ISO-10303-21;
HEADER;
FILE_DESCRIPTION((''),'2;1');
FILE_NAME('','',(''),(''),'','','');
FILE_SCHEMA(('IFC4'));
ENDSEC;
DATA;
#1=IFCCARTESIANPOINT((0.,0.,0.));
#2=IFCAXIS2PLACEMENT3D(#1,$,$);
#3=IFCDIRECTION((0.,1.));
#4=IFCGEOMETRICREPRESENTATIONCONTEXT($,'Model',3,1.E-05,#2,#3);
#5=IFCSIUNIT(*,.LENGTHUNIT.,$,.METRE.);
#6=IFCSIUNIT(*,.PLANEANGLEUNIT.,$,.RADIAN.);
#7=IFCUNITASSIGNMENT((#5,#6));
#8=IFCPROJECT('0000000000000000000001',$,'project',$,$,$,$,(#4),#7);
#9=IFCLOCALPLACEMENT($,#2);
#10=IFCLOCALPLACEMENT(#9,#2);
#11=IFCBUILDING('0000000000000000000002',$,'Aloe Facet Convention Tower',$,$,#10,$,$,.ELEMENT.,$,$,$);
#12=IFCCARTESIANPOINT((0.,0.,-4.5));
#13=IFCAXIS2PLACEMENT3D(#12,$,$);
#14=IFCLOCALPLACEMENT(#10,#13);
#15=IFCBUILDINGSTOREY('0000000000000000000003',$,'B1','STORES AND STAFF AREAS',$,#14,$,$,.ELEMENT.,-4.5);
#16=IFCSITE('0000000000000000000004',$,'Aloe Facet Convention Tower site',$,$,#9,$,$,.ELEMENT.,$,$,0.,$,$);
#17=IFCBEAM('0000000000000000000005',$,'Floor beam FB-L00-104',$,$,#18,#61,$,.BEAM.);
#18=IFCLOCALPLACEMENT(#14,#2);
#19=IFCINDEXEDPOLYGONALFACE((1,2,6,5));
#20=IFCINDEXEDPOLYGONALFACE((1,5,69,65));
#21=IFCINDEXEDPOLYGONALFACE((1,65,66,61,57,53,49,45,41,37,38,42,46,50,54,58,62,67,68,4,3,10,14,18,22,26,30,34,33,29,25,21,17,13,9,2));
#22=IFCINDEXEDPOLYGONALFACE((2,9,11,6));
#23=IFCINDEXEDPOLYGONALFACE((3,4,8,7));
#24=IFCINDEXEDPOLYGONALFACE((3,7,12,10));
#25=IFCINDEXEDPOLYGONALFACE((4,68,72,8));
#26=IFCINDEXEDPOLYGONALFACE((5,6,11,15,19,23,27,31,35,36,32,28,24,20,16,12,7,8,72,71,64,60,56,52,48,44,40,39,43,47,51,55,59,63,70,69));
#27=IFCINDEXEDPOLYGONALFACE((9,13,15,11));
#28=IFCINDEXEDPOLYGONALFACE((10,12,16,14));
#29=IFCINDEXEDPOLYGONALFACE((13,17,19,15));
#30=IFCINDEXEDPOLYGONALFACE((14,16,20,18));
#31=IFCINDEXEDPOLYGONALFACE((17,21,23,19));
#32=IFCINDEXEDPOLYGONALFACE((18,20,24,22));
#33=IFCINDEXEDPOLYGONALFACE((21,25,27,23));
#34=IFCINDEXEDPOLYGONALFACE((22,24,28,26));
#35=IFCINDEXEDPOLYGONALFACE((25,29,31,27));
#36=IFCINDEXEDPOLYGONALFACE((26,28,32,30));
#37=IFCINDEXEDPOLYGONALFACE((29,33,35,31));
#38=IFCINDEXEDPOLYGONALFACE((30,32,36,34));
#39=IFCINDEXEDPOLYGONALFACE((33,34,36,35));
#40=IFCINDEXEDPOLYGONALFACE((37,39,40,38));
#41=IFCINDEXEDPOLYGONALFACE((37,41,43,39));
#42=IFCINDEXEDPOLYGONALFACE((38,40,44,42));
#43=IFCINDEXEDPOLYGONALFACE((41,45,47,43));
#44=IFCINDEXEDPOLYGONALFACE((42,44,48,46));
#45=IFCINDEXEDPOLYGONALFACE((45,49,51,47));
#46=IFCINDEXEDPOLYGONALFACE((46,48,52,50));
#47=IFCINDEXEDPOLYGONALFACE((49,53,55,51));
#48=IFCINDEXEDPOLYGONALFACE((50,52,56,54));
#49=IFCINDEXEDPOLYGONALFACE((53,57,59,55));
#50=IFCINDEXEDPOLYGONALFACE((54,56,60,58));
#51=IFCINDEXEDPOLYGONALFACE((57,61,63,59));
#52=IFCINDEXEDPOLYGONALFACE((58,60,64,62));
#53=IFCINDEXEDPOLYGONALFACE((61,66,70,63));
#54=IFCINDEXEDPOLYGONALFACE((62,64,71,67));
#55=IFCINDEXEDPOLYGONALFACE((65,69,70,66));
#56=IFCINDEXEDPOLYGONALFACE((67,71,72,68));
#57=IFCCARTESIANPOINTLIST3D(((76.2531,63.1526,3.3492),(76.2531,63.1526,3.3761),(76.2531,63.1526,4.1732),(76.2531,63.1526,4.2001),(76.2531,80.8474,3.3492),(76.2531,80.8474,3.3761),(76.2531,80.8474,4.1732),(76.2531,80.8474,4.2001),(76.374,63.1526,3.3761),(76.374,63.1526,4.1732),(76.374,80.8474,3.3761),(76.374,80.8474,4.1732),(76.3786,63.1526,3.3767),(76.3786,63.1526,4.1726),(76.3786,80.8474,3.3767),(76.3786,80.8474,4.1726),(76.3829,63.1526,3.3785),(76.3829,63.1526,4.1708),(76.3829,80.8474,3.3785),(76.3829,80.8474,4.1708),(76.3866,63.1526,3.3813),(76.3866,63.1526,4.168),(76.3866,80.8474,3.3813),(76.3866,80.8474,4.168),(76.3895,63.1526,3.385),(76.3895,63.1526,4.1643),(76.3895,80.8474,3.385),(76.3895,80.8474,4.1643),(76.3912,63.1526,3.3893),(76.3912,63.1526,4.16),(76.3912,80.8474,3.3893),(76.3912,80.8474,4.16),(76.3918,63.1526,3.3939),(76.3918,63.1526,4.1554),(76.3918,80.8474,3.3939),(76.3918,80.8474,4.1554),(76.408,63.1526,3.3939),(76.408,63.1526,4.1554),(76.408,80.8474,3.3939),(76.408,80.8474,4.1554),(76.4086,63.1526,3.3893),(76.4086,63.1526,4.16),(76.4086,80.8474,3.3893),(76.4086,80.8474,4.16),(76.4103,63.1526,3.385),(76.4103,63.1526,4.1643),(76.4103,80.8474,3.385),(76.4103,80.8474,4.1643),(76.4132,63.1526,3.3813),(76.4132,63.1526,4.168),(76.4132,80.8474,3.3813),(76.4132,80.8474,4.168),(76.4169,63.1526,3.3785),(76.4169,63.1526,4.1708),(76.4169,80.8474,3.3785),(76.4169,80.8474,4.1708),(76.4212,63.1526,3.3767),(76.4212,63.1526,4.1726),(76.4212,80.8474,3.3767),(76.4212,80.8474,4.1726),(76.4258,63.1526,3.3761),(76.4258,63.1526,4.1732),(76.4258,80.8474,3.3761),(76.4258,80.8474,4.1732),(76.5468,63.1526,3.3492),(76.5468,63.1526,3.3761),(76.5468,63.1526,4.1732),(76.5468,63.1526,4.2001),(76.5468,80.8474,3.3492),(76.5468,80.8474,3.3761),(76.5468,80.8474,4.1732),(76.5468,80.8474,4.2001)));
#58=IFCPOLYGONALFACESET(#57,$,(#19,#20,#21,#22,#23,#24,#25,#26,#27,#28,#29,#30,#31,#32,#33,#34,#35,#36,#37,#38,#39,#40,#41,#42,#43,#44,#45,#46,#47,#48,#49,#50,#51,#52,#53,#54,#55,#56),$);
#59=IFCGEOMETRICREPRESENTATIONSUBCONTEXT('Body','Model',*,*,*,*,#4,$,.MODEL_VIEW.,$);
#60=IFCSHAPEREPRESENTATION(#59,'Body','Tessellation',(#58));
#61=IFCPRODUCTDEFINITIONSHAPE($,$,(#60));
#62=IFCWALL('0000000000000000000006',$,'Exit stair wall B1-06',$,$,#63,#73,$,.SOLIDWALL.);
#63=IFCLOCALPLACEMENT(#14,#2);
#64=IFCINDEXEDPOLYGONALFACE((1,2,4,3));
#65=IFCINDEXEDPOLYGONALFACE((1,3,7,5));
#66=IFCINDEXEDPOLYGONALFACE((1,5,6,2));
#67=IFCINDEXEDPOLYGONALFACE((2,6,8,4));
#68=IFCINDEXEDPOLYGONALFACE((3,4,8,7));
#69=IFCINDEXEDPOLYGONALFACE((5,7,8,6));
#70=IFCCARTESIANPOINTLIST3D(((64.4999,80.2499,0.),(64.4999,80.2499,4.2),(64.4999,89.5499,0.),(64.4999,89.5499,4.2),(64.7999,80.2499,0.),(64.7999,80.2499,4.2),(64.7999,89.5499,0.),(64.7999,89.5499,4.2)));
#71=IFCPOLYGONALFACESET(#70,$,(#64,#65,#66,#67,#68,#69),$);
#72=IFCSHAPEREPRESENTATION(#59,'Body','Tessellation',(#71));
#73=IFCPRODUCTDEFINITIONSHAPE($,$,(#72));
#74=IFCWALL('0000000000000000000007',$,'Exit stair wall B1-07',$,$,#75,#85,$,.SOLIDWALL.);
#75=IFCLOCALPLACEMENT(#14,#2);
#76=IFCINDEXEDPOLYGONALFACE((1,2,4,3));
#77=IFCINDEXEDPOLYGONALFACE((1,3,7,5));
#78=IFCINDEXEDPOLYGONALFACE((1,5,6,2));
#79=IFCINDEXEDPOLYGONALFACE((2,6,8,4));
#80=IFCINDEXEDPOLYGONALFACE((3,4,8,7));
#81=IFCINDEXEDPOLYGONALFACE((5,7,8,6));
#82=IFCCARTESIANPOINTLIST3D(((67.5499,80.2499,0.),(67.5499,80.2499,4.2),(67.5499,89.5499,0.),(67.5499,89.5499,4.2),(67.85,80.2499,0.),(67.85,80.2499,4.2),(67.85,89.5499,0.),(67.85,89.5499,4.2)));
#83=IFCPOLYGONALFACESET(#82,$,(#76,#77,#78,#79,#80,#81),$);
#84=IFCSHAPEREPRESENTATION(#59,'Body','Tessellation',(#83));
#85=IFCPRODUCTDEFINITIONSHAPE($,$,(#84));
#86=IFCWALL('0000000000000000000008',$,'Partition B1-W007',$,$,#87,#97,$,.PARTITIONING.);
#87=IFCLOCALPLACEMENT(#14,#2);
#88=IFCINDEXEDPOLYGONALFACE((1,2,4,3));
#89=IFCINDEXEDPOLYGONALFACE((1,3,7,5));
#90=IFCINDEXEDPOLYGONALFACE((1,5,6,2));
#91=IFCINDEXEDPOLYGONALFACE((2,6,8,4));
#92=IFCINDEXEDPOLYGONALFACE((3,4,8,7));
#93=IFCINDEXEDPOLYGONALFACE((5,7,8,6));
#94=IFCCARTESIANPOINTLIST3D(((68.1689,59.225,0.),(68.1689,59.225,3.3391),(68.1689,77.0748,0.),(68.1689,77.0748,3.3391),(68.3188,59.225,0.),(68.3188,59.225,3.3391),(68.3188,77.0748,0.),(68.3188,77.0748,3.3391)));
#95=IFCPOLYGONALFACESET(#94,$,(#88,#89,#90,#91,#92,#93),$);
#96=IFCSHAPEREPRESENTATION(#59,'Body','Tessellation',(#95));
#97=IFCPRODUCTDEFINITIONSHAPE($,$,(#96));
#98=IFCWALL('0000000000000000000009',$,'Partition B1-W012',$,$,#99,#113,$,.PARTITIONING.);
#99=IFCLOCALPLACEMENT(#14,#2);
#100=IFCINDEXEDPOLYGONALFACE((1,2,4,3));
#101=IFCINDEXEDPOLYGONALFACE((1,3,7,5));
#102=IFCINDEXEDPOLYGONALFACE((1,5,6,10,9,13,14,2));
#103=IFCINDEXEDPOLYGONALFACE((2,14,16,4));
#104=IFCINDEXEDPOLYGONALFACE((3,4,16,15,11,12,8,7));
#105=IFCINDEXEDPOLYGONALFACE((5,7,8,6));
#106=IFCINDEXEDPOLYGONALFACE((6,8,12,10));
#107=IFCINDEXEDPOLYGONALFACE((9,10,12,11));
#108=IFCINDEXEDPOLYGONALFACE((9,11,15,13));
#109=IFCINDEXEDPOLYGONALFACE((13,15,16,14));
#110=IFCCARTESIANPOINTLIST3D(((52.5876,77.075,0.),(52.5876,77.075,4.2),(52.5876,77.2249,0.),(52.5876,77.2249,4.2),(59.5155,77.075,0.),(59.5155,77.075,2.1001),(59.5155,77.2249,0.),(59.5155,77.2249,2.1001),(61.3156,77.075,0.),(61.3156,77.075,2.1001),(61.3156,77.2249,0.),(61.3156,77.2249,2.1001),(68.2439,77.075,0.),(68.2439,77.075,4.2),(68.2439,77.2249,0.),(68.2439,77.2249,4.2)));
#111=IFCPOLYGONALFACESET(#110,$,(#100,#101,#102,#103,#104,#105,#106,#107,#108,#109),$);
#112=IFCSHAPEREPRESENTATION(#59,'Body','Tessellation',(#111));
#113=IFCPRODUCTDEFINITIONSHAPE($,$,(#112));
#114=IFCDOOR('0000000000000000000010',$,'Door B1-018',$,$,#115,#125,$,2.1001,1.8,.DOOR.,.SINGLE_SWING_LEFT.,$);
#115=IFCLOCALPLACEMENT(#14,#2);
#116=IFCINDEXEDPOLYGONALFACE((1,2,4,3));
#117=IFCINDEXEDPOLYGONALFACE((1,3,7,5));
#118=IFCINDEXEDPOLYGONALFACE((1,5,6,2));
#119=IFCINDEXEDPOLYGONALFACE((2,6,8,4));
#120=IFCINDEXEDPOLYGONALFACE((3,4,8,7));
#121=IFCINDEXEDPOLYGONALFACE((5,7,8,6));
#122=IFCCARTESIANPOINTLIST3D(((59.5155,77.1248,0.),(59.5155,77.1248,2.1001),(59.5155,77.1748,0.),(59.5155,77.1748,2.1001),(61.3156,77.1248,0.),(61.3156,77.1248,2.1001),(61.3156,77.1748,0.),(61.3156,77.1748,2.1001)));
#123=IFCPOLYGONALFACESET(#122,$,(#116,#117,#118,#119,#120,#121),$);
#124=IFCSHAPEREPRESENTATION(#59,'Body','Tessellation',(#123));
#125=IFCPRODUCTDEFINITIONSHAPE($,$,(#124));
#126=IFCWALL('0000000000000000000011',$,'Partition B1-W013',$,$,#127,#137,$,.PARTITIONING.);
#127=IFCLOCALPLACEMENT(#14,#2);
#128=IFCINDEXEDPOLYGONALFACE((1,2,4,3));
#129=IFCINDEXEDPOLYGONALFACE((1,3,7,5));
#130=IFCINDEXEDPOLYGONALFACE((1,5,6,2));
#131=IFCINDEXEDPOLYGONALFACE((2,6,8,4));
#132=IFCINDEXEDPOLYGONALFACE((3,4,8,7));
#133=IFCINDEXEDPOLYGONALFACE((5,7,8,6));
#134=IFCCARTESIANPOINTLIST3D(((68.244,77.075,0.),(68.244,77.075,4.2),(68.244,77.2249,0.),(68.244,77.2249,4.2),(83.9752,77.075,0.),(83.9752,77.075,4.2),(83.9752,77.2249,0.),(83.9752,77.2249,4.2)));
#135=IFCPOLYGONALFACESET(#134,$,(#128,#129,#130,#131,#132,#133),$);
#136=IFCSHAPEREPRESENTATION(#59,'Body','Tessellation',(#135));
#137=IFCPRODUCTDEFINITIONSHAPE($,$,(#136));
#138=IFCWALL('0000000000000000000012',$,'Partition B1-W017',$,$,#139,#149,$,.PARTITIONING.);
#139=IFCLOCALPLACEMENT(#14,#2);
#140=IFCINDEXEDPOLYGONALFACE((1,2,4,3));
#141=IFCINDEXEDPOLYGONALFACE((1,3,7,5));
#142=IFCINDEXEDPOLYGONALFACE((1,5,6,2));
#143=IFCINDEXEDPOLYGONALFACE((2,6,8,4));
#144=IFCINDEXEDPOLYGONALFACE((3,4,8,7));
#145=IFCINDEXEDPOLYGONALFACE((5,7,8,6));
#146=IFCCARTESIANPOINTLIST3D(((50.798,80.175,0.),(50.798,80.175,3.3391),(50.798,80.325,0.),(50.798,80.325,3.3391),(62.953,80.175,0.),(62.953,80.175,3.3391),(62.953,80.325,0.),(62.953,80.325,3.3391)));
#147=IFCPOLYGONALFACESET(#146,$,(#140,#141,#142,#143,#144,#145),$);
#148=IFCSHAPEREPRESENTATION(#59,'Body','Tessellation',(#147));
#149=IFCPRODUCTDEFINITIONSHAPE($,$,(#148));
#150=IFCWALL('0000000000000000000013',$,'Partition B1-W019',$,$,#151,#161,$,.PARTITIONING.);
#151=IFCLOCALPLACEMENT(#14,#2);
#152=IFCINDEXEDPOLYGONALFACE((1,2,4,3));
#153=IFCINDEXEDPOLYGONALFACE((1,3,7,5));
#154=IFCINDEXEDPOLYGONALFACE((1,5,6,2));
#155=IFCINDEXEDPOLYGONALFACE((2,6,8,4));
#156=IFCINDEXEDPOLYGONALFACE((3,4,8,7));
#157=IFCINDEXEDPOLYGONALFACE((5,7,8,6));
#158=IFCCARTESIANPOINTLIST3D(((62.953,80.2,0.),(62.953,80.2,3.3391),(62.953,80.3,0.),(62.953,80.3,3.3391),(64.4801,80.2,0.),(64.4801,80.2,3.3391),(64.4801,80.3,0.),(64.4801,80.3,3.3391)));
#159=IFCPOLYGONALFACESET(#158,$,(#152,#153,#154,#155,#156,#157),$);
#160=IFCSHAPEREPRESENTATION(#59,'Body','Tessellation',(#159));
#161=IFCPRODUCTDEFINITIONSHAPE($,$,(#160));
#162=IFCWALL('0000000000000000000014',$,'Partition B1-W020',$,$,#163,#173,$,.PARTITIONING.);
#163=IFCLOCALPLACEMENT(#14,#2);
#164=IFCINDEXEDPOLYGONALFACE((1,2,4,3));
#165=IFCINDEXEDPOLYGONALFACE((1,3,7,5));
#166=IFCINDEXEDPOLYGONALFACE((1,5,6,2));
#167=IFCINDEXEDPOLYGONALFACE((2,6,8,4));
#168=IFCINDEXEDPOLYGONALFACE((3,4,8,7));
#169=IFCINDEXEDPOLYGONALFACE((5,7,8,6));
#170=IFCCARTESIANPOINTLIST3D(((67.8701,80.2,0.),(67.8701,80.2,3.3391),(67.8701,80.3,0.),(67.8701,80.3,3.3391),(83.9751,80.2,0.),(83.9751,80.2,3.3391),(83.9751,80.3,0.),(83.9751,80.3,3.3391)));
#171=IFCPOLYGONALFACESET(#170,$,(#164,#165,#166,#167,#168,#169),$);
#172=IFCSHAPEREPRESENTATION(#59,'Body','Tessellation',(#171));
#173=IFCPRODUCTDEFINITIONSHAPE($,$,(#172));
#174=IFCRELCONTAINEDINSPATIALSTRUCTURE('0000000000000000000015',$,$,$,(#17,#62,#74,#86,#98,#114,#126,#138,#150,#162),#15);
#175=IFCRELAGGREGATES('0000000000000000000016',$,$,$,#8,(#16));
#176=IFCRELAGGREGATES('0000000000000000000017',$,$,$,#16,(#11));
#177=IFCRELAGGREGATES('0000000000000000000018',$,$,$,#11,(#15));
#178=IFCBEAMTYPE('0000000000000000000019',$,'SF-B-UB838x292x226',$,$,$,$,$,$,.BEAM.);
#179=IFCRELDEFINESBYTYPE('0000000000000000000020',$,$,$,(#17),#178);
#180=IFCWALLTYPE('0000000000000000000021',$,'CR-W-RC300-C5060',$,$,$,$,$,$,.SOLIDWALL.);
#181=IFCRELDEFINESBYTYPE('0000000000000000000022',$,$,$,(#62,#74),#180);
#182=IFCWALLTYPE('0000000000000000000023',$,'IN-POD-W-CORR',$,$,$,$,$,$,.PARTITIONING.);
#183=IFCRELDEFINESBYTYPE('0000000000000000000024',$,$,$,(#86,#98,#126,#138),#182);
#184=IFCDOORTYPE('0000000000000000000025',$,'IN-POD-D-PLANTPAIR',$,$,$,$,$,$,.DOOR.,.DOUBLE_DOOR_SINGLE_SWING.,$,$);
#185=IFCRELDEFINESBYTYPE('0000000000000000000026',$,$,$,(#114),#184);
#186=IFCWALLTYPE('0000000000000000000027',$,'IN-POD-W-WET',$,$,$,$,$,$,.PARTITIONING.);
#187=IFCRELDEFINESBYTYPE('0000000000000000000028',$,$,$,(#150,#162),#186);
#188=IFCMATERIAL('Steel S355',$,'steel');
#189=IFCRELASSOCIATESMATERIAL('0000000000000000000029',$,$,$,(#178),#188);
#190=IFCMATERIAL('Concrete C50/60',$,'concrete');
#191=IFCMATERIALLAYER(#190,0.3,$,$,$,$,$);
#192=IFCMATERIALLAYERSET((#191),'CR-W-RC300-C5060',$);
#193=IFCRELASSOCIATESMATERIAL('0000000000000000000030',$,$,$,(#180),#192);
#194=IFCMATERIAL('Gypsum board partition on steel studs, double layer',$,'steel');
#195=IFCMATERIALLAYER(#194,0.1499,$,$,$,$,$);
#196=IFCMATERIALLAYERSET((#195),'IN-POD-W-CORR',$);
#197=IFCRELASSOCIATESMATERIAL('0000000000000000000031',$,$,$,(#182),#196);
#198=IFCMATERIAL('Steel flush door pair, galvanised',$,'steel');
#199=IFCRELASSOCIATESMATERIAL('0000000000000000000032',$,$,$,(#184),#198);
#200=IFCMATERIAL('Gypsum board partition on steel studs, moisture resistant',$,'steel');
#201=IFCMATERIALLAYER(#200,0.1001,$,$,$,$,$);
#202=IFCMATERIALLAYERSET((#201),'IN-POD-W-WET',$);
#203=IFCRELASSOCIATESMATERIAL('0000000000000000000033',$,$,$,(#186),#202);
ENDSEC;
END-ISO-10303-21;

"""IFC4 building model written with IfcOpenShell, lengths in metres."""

from ifc_helpers import new_model, si_unit, direction, frame, frame_2d, origin, origin_2d, place, context, subcontext, project, spatial, rectangle, i_section, extrude, material, layer, layer_set, material_profile, profile_set, type_object, element, fill, save


model = new_model("IFC4")

# Units and contexts
model_context = context("Model", 3, precision=1e-05, world=origin(), true_north=direction((0.0, 1.0)))
body_context = subcontext(model_context, "Body", "Model", "MODEL_VIEW")
ifc_project = project(units=[si_unit("LENGTHUNIT", "METRE"), si_unit("PLANEANGLEUNIT", "RADIAN")], contexts=[model_context])

# Site, building, storey
site_placement = place(None, origin())
site = spatial("IfcSite", under=ifc_project, at=site_placement, Name="Aloe Facet Convention Tower site", CompositionType="ELEMENT", RefElevation=0.0)
building_placement = place(site_placement, origin())
building = spatial("IfcBuilding", under=site, at=building_placement, Name="Aloe Facet Convention Tower", CompositionType="ELEMENT")
storey_placement = place(building_placement, frame((0.0, 0.0, -4.5)))
storey = spatial("IfcBuildingStorey", under=building, at=storey_placement, Name="B1", Description="STORES AND STAFF AREAS", CompositionType="ELEMENT", Elevation=-4.5)

# Beam
ifc_material_1 = material(Name="Steel S355", Category="steel")
ifc_material_profile_1 = material_profile(ifc_material_1, i_section(OverallWidth=0.2937, OverallDepth=0.8508, WebThickness=0.0161, FlangeThickness=0.0269, FilletRadius=0.0178, at=origin_2d()), Name="UB 838x292x226")
ifc_profile_set_1 = profile_set([ifc_material_profile_1], Name="Steel S355")
beam_type_1 = type_object("IfcBeamType", Name="SF-B-UB838x292x226", PredefinedType="BEAM", material=ifc_profile_set_1)
for number, where, z_axis, x_axis, name in (
    (1, (76.3999, 63.1526, 3.7747), (0.0, 1.0, 0.0), (-1.0, 0.0, 0.0), "Floor beam FB-L00-104"),
):
    element("IfcBeam", number, at=place(storey_placement, frame(where, z_axis=z_axis, x_axis=x_axis)), inside=storey, type_object=beam_type_1, Name=name, PredefinedType="BEAM", context=body_context, shape_type="SweptSolid", body=[
        extrude(i_section(OverallWidth=0.2937, OverallDepth=0.8508, WebThickness=0.0161, FlangeThickness=0.0269, FilletRadius=0.0178, at=origin_2d()), origin(), (0.0, 0.0, 1.0), 17.6948),
    ])

# Walls
ifc_material_2 = material(Name="Concrete C50/60", Category="concrete")
ifc_layer_1 = layer(ifc_material_2, 0.3)
ifc_layer_set_1 = layer_set([ifc_layer_1], Name="CR-W-RC300-C5060")
wall_type_1 = type_object("IfcWallType", Name="CR-W-RC300-C5060", PredefinedType="SOLIDWALL", material=ifc_layer_set_1)
for number, where, z_axis, x_axis, name in (
    (2, (64.6499, 80.25, 0.0), (0.0, 0.0, 1.0), (0.0, 1.0, 0.0), "Exit stair wall B1-06"),
    (3, (67.7, 80.25, 0.0), (0.0, 0.0, 1.0), (0.0, 1.0, 0.0), "Exit stair wall B1-07"),
):
    element("IfcWall", number, at=place(storey_placement, frame(where, z_axis=z_axis, x_axis=x_axis)), inside=storey, type_object=wall_type_1, Name=name, PredefinedType="SOLIDWALL", context=body_context, shape_type="SweptSolid", body=[
        extrude(rectangle(XDim=9.3, YDim=0.3, at=frame_2d((4.6499, 0.0))), origin(), (0.0, 0.0, 1.0), 4.2),
    ])
ifc_material_3 = material(Name="Gypsum board partition on steel studs, double layer", Category="steel")
ifc_layer_2 = layer(ifc_material_3, 0.1499)
ifc_layer_set_2 = layer_set([ifc_layer_2], Name="IN-POD-W-CORR")
wall_type_2 = type_object("IfcWallType", Name="IN-POD-W-CORR", PredefinedType="PARTITIONING", material=ifc_layer_set_2)
wall_1_placement = place(storey_placement, frame((68.2439, 59.2251, 0.0), z_axis=(0.0, 0.0, 1.0), x_axis=(0.0, 1.0, 0.0)))
element("IfcWall", 4, at=wall_1_placement, inside=storey, type_object=wall_type_2, Name="Partition B1-W007", PredefinedType="PARTITIONING", context=body_context, shape_type="SweptSolid", body=[
    extrude(rectangle(XDim=17.8499, YDim=0.1499, at=frame_2d((8.9248, 0.0))), origin(), (0.0, 0.0, 1.0), 3.3391),
])

# Wall, opening, door
wall_2_placement = place(storey_placement, frame((52.5876, 77.1499, 0.0), z_axis=(0.0, 0.0, 1.0), x_axis=(1.0, 0.0, 0.0)))
wall_2 = element("IfcWall", 5, at=wall_2_placement, inside=storey, type_object=wall_type_2, Name="Partition B1-W012", PredefinedType="PARTITIONING", context=body_context, shape_type="SweptSolid", body=[
    extrude(rectangle(XDim=15.6562, YDim=0.1499, at=frame_2d((7.8281, 0.0))), origin(), (0.0, 0.0, 1.0), 4.2),
])
opening_placement = place(wall_2_placement, frame((6.928, 0.0, 0.0)))
opening = element("IfcOpeningElement", 6, at=opening_placement, cuts=wall_2, PredefinedType="OPENING", context=body_context, shape_type="SweptSolid", body=[
    extrude(rectangle(XDim=1.8, YDim=2.1001, at=frame_2d((0.8999, 1.05))), frame((0.0, 0.085, 0.0), z_axis=(0.0, -1.0, 0.0), x_axis=(1.0, 0.0, 0.0)), (0.0, 0.0, 1.0), 0.1699),
])
ifc_material_4 = material(Name="Steel flush door pair, galvanised", Category="steel")
door_type = type_object("IfcDoorType", Name="IN-POD-D-PLANTPAIR", OperationType="DOUBLE_DOOR_SINGLE_SWING", PredefinedType="DOOR", material=ifc_material_4)
door_placement = place(opening_placement, origin())
door = element("IfcDoor", 7, at=door_placement, inside=storey, type_object=door_type, Name="Door B1-018", OperationType="SINGLE_SWING_LEFT", OverallHeight=2.1001, OverallWidth=1.8, PredefinedType="DOOR", context=body_context, shape_type="SweptSolid", body=[
    extrude(rectangle(XDim=1.8, YDim=2.1001, at=frame_2d((0.8999, 1.05))), frame((0.0, 0.0249, 0.0), z_axis=(0.0, -1.0, 0.0), x_axis=(1.0, 0.0, 0.0)), (0.0, 0.0, 1.0), 0.05),
])
fill(opening, door)

# Walls
wall_3_placement = place(storey_placement, frame((68.2439, 77.1499, 0.0), z_axis=(0.0, 0.0, 1.0), x_axis=(1.0, 0.0, 0.0)))
element("IfcWall", 8, at=wall_3_placement, inside=storey, type_object=wall_type_2, Name="Partition B1-W013", PredefinedType="PARTITIONING", context=body_context, shape_type="SweptSolid", body=[
    extrude(rectangle(XDim=15.7312, YDim=0.1499, at=frame_2d((7.8657, 0.0))), origin(), (0.0, 0.0, 1.0), 4.2),
])
wall_4_placement = place(storey_placement, frame((50.7979, 80.25, 0.0), z_axis=(0.0, 0.0, 1.0), x_axis=(1.0, 0.0, 0.0)))
element("IfcWall", 9, at=wall_4_placement, inside=storey, type_object=wall_type_2, Name="Partition B1-W017", PredefinedType="PARTITIONING", context=body_context, shape_type="SweptSolid", body=[
    extrude(rectangle(XDim=12.155, YDim=0.1499, at=frame_2d((6.0776, 0.0))), origin(), (0.0, 0.0, 1.0), 3.3391),
])
ifc_material_5 = material(Name="Gypsum board partition on steel studs, moisture resistant", Category="steel")
ifc_layer_3 = layer(ifc_material_5, 0.1001)
ifc_layer_set_3 = layer_set([ifc_layer_3], Name="IN-POD-W-WET")
wall_type_3 = type_object("IfcWallType", Name="IN-POD-W-WET", PredefinedType="PARTITIONING", material=ifc_layer_set_3)
wall_5_placement = place(storey_placement, frame((62.9529, 80.25, 0.0), z_axis=(0.0, 0.0, 1.0), x_axis=(1.0, 0.0, 0.0)))
element("IfcWall", 10, at=wall_5_placement, inside=storey, type_object=wall_type_3, Name="Partition B1-W019", PredefinedType="PARTITIONING", context=body_context, shape_type="SweptSolid", body=[
    extrude(rectangle(XDim=1.5271, YDim=0.1001, at=frame_2d((0.7637, 0.0))), origin(), (0.0, 0.0, 1.0), 3.3391),
])
wall_6_placement = place(storey_placement, frame((67.8701, 80.25, 0.0), z_axis=(0.0, 0.0, 1.0), x_axis=(1.0, 0.0, 0.0)))
element("IfcWall", 11, at=wall_6_placement, inside=storey, type_object=wall_type_3, Name="Partition B1-W020", PredefinedType="PARTITIONING", context=body_context, shape_type="SweptSolid", body=[
    extrude(rectangle(XDim=16.105, YDim=0.1001, at=frame_2d((8.0525, 0.0))), origin(), (0.0, 0.0, 1.0), 3.3391),
])

save(model, "model.ifc")
